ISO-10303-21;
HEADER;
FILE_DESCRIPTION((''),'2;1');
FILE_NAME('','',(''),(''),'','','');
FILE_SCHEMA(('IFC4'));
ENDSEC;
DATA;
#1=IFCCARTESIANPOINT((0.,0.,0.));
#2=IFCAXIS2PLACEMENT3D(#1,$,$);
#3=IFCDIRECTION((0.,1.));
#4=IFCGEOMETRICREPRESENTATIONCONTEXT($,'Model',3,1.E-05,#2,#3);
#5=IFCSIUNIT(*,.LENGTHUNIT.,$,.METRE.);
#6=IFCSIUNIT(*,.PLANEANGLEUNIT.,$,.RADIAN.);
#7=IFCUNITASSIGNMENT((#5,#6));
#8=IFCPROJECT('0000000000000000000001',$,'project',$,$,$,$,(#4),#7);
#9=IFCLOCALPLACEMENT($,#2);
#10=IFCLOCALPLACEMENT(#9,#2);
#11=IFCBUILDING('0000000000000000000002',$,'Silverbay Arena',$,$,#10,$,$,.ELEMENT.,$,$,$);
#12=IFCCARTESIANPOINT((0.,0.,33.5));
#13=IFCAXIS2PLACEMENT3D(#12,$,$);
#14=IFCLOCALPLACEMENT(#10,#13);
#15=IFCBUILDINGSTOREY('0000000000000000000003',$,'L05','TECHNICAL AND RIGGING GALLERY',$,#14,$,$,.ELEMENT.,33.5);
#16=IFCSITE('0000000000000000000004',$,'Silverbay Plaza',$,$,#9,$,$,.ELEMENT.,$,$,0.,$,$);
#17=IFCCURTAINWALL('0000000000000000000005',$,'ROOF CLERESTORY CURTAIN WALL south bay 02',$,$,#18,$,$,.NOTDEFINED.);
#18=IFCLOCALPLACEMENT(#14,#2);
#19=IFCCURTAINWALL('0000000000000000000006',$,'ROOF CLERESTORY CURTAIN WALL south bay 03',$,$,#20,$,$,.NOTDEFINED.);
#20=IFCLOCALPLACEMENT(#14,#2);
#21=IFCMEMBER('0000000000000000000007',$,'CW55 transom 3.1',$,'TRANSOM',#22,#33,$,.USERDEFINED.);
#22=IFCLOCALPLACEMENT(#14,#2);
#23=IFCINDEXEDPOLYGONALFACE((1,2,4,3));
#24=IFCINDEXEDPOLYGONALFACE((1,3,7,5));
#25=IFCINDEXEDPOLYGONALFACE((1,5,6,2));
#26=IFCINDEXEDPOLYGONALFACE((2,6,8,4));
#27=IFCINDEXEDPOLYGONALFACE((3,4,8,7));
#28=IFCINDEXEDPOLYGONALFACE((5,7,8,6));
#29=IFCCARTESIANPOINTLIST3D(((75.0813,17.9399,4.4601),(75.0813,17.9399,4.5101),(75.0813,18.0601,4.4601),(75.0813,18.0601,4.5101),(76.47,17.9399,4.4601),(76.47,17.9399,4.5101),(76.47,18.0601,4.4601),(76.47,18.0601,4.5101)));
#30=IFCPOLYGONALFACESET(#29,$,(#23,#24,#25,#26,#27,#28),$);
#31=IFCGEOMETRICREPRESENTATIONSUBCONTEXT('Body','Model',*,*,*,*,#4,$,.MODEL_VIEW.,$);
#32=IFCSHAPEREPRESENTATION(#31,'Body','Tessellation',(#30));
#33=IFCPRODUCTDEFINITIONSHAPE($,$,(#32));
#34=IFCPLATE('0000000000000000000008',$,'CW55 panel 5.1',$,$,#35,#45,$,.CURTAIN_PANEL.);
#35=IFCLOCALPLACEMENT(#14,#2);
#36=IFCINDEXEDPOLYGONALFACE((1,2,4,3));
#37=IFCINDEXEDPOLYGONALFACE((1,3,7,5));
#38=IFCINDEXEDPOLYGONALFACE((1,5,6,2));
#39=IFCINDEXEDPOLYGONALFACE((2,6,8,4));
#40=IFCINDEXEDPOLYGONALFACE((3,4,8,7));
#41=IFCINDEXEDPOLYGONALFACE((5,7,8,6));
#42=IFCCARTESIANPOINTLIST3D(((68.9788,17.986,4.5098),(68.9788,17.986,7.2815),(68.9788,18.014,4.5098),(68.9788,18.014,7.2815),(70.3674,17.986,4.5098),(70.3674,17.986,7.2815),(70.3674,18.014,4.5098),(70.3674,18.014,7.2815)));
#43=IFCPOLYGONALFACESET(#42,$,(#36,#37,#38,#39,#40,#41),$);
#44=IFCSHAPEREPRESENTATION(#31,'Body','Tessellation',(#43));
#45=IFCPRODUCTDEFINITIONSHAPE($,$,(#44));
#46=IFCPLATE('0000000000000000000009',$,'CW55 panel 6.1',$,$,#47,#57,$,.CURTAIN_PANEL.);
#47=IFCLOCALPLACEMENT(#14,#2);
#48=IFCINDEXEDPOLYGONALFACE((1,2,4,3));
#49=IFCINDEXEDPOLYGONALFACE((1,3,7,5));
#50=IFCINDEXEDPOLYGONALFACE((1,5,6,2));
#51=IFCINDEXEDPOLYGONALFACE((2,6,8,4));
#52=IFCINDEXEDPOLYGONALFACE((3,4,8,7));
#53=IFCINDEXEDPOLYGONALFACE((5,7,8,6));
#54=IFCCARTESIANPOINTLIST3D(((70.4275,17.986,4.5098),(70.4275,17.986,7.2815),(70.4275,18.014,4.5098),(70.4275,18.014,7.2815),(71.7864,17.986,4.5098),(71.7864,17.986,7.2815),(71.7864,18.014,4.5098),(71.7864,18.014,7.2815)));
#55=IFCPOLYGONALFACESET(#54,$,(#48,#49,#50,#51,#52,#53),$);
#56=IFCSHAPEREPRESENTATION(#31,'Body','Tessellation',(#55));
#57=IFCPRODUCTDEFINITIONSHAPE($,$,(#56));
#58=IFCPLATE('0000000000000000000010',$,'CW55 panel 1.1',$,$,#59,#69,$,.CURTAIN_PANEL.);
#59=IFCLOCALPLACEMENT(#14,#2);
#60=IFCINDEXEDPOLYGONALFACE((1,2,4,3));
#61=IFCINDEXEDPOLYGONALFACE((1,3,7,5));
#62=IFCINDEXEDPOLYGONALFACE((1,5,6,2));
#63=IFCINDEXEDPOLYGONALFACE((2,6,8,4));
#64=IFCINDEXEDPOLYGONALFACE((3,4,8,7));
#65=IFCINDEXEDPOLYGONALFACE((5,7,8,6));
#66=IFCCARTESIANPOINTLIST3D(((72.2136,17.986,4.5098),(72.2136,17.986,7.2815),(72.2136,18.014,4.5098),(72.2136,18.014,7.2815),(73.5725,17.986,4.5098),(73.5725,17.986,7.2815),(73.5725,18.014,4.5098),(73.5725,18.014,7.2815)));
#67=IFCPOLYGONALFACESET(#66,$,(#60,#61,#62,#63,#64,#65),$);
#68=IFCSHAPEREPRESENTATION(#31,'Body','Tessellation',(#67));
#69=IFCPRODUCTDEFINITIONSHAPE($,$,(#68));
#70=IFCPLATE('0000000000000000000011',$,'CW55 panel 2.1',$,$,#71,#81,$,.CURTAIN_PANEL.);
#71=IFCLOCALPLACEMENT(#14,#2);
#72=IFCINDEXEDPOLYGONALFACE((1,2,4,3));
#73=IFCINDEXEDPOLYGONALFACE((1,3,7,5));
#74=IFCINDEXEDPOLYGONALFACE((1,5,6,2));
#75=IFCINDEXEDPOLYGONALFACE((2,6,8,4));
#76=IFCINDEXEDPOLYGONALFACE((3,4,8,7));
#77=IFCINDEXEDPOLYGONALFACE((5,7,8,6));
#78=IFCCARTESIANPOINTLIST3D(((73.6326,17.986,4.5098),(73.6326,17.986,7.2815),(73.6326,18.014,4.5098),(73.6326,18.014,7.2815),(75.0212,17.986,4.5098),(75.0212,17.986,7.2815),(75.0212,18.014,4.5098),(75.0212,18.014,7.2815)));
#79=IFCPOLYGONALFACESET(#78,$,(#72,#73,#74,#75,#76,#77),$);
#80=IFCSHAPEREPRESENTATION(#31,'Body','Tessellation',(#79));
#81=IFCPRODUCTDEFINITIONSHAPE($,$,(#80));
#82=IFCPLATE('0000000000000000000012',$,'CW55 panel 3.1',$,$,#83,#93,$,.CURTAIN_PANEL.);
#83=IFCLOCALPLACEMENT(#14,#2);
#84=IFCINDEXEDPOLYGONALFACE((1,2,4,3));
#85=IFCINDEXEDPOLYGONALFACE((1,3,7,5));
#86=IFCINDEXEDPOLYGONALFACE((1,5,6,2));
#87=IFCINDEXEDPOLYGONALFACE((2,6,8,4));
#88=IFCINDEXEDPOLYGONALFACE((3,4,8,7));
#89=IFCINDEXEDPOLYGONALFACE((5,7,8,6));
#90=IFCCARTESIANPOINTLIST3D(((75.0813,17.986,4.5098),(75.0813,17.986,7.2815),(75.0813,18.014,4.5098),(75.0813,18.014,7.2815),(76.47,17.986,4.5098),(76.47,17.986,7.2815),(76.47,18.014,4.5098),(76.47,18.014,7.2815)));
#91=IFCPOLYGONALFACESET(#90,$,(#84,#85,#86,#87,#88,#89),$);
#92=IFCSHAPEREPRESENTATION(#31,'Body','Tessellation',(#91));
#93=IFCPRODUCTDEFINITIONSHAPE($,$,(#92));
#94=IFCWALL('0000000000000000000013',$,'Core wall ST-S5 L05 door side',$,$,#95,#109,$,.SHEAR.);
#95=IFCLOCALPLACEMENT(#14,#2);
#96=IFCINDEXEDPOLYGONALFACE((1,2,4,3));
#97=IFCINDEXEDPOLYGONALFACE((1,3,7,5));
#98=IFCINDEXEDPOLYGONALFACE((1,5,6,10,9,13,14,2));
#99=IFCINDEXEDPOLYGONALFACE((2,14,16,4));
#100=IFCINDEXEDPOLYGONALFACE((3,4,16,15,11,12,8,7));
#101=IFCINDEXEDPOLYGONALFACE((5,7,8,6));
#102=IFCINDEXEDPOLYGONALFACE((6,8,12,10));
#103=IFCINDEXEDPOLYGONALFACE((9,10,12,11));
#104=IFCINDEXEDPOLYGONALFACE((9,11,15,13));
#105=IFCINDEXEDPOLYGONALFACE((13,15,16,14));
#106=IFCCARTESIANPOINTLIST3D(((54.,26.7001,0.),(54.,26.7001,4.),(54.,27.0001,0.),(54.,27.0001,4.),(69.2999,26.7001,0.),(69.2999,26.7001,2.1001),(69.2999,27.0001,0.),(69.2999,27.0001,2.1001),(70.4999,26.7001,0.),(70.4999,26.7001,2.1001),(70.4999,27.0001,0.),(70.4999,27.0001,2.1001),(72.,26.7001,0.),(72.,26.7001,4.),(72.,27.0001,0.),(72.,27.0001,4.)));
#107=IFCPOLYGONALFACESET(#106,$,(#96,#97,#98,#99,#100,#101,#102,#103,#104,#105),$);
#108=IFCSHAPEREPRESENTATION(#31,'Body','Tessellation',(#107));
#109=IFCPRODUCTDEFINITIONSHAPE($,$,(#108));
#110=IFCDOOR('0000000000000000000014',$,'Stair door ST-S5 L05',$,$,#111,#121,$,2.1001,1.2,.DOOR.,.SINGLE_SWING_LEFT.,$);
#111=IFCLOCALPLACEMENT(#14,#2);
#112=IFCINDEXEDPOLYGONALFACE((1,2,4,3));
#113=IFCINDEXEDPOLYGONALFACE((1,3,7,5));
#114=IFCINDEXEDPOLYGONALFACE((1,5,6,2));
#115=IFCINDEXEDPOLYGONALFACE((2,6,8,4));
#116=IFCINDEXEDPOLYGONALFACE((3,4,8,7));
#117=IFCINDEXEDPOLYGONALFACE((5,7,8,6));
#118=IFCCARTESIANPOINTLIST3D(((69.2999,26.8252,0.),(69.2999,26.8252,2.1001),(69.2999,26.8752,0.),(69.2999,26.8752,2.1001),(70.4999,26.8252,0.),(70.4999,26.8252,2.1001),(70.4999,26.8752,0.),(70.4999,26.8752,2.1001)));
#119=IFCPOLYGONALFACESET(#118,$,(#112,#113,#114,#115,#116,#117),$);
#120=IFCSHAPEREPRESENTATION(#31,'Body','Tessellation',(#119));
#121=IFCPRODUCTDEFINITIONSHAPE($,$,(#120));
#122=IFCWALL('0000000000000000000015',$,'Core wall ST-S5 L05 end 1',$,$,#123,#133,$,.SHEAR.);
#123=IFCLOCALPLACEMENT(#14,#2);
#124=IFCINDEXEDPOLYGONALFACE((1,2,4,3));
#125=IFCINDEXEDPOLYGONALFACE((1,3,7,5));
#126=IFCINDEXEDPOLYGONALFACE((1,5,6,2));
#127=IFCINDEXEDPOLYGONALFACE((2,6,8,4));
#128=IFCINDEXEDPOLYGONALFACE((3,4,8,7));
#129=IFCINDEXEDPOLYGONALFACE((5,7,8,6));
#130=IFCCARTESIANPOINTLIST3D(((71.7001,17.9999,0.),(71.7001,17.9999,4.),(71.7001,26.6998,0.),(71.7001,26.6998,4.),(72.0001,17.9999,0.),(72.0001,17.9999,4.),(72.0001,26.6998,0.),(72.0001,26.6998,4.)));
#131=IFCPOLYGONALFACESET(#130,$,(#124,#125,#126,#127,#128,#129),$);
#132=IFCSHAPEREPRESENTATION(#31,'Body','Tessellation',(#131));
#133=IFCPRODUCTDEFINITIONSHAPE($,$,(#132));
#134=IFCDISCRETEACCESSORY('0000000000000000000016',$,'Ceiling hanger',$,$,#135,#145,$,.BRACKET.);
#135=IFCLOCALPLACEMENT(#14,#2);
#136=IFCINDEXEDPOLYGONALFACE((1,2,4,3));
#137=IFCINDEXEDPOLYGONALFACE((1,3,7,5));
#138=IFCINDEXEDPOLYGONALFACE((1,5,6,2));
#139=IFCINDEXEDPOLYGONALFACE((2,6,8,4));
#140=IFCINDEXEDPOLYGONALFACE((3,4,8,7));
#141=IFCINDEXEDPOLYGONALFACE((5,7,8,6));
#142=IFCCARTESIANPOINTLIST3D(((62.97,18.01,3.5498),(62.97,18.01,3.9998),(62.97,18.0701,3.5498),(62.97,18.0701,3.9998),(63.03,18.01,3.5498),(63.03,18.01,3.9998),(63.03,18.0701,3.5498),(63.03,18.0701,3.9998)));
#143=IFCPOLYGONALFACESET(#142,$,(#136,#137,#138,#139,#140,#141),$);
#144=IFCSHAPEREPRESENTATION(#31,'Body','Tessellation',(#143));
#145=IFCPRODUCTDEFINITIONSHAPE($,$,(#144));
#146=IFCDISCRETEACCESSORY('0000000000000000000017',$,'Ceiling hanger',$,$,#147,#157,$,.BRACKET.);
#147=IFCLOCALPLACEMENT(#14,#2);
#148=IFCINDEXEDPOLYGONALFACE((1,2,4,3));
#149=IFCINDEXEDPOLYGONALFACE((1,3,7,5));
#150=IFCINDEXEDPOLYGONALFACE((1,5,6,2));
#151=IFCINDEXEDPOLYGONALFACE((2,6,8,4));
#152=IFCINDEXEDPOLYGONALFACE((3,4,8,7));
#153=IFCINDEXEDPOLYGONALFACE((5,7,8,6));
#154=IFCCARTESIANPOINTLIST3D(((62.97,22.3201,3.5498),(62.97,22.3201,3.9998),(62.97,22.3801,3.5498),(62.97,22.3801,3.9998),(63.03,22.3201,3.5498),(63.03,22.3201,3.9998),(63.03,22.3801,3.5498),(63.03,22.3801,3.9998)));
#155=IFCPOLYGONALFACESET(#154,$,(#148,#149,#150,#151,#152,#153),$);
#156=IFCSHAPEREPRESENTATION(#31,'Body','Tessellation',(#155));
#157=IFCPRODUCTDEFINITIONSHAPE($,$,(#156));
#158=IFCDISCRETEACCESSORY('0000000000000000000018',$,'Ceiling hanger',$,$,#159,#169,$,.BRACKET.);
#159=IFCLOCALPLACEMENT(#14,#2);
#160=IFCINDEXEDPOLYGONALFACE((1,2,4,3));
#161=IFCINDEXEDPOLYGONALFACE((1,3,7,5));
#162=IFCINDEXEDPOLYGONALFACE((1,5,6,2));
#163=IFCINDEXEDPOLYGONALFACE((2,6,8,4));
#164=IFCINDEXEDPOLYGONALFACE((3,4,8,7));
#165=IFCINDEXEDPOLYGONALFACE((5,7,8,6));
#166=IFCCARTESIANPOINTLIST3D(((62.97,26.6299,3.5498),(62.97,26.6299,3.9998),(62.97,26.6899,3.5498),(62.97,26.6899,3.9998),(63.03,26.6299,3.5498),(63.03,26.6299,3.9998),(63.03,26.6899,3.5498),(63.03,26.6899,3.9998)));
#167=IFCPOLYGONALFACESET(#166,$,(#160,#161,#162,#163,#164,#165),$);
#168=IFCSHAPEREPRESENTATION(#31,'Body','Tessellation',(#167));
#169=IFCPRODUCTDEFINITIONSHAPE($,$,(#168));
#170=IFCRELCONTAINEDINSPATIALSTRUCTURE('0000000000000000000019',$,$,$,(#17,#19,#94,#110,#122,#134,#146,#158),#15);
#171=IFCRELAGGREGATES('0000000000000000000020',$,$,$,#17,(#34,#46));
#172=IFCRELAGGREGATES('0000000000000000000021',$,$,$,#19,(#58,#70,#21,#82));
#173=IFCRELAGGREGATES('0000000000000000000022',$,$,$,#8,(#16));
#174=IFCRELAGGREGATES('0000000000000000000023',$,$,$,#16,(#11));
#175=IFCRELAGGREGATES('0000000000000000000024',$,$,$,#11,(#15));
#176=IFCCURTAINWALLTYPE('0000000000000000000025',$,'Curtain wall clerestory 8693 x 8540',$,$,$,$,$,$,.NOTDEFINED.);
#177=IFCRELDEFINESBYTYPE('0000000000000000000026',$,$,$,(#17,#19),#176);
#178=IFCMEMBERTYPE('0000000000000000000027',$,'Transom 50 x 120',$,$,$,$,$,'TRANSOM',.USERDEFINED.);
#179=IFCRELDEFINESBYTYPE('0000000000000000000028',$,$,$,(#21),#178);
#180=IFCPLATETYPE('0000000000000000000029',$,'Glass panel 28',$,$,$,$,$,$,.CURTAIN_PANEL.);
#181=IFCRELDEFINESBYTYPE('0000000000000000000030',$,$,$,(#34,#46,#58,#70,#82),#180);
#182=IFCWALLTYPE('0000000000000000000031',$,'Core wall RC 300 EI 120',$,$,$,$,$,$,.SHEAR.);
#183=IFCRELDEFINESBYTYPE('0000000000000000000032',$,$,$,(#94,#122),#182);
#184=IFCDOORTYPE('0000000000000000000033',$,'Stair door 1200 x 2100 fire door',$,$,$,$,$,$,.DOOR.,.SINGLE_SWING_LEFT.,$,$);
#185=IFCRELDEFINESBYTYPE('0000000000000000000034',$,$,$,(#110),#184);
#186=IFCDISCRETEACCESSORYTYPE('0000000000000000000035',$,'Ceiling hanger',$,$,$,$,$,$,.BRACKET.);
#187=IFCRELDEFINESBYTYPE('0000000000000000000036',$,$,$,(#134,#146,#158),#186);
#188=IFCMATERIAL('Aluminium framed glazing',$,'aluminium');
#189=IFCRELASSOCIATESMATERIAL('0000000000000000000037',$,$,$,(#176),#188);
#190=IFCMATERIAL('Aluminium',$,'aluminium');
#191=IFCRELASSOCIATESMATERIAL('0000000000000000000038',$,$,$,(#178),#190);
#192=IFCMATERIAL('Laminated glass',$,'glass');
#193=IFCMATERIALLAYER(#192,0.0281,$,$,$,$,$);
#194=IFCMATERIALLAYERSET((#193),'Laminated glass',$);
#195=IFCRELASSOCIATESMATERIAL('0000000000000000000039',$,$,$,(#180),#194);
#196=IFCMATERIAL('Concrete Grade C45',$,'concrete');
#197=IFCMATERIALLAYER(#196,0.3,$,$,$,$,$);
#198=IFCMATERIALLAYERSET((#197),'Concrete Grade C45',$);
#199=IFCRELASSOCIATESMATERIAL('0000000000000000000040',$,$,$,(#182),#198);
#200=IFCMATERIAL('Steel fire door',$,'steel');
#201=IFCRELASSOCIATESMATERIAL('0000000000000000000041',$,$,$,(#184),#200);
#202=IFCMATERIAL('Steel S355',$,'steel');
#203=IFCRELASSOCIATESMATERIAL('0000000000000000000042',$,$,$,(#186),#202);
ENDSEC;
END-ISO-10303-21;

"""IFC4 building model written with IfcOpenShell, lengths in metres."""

from ifc_helpers import new_model, si_unit, direction, frame, frame_2d, origin, origin_2d, place, context, subcontext, project, spatial, rectangle, extrude, material, layer, layer_set, material_profile, profile_set, type_object, element, fill, aggregate, save


model = new_model("IFC4")

# Units and contexts
model_context = context("Model", 3, precision=1e-05, world=origin(), true_north=direction((0.0, 1.0)))
body_context = subcontext(model_context, "Body", "Model", "MODEL_VIEW")
ifc_project = project(units=[si_unit("LENGTHUNIT", "METRE"), si_unit("PLANEANGLEUNIT", "RADIAN")], contexts=[model_context])

# Site, building, storey
site_placement = place(None, origin())
site = spatial("IfcSite", under=ifc_project, at=site_placement, Name="Silverbay Plaza", CompositionType="ELEMENT", RefElevation=0.0)
building_placement = place(site_placement, origin())
building = spatial("IfcBuilding", under=site, at=building_placement, Name="Silverbay Arena", CompositionType="ELEMENT")
storey_placement = place(building_placement, frame((0.0, 0.0, 33.5)))
storey = spatial("IfcBuildingStorey", under=building, at=storey_placement, Name="L05", Description="TECHNICAL AND RIGGING GALLERY", CompositionType="ELEMENT", Elevation=33.5)

# Curtain walls
ifc_material_1 = material(Name="Aluminium framed glazing", Category="aluminium")
curtain_wall_type = type_object("IfcCurtainWallType", Name="Curtain wall clerestory 8693 x 8540", PredefinedType="NOTDEFINED", material=ifc_material_1)
curtain_wall_1_placement = place(storey_placement, origin())
curtain_wall_1 = element("IfcCurtainWall", 1, at=curtain_wall_1_placement, inside=storey, type_object=curtain_wall_type, Name="ROOF CLERESTORY CURTAIN WALL south bay 02", PredefinedType="NOTDEFINED")
curtain_wall_2_placement = place(storey_placement, origin())
curtain_wall_2 = element("IfcCurtainWall", 2, at=curtain_wall_2_placement, inside=storey, type_object=curtain_wall_type, Name="ROOF CLERESTORY CURTAIN WALL south bay 03", PredefinedType="NOTDEFINED")

# Member
ifc_material_2 = material(Name="Aluminium", Category="aluminium")
ifc_material_profile_1 = material_profile(ifc_material_2, rectangle(XDim=0.1201, YDim=0.05, at=origin_2d()), Name="Transom 50 x 120")
ifc_profile_set_1 = profile_set([ifc_material_profile_1], Name="Aluminium")
member_type_1 = type_object("IfcMemberType", Name="Transom 50 x 120", ElementType="TRANSOM", PredefinedType="USERDEFINED", material=ifc_profile_set_1)
member_1_placement = place(storey_placement, frame((75.0813, 18.0, 4.4851), z_axis=(1.0, 0.0, 0.0), x_axis=(0.0, 1.0, 0.0)))
member_1 = element("IfcMember", 3, at=member_1_placement, type_object=member_type_1, Name="CW55 transom 3.1", ObjectType="TRANSOM", PredefinedType="USERDEFINED", context=body_context, shape_type="SweptSolid", body=[
    extrude(rectangle(XDim=0.1201, YDim=0.05, at=origin_2d()), origin(), (0.0, 0.0, 1.0), 1.3887),
])

# Plates
ifc_material_3 = material(Name="Laminated glass", Category="glass")
ifc_layer_1 = layer(ifc_material_3, 0.0281)
ifc_layer_set_1 = layer_set([ifc_layer_1], Name="Laminated glass")
plate_type = type_object("IfcPlateType", Name="Glass panel 28", PredefinedType="CURTAIN_PANEL", material=ifc_layer_set_1)
plate_1_placement = place(storey_placement, frame((69.6731, 18.0, 4.5098), z_axis=(0.0, 0.0, 1.0), x_axis=(1.0, 0.0, 0.0)))
plate_1 = element("IfcPlate", 4, at=plate_1_placement, type_object=plate_type, Name="CW55 panel 5.1", PredefinedType="CURTAIN_PANEL", context=body_context, shape_type="SweptSolid", body=[
    extrude(rectangle(XDim=1.3887, YDim=0.0281, at=origin_2d()), origin(), (0.0, 0.0, 1.0), 2.7717),
])
plate_2_placement = place(storey_placement, frame((71.1069, 18.0, 4.5098), z_axis=(0.0, 0.0, 1.0), x_axis=(1.0, 0.0, 0.0)))
plate_2 = element("IfcPlate", 5, at=plate_2_placement, type_object=plate_type, Name="CW55 panel 6.1", PredefinedType="CURTAIN_PANEL", context=body_context, shape_type="SweptSolid", body=[
    extrude(rectangle(XDim=1.3589, YDim=0.0281, at=origin_2d()), origin(), (0.0, 0.0, 1.0), 2.7717),
])
aggregate(curtain_wall_1, [plate_1, plate_2])
plate_3_placement = place(storey_placement, frame((72.8931, 18.0, 4.5098), z_axis=(0.0, 0.0, 1.0), x_axis=(1.0, 0.0, 0.0)))
plate_3 = element("IfcPlate", 6, at=plate_3_placement, type_object=plate_type, Name="CW55 panel 1.1", PredefinedType="CURTAIN_PANEL", context=body_context, shape_type="SweptSolid", body=[
    extrude(rectangle(XDim=1.3589, YDim=0.0281, at=origin_2d()), origin(), (0.0, 0.0, 1.0), 2.7717),
])
plate_4_placement = place(storey_placement, frame((74.3269, 18.0, 4.5098), z_axis=(0.0, 0.0, 1.0), x_axis=(1.0, 0.0, 0.0)))
plate_4 = element("IfcPlate", 7, at=plate_4_placement, type_object=plate_type, Name="CW55 panel 2.1", PredefinedType="CURTAIN_PANEL", context=body_context, shape_type="SweptSolid", body=[
    extrude(rectangle(XDim=1.3887, YDim=0.0281, at=origin_2d()), origin(), (0.0, 0.0, 1.0), 2.7717),
])
plate_5_placement = place(storey_placement, frame((75.7756, 18.0, 4.5098), z_axis=(0.0, 0.0, 1.0), x_axis=(1.0, 0.0, 0.0)))
plate_5 = element("IfcPlate", 8, at=plate_5_placement, type_object=plate_type, Name="CW55 panel 3.1", PredefinedType="CURTAIN_PANEL", context=body_context, shape_type="SweptSolid", body=[
    extrude(rectangle(XDim=1.3887, YDim=0.0281, at=origin_2d()), origin(), (0.0, 0.0, 1.0), 2.7717),
])
aggregate(curtain_wall_2, [plate_3, plate_4, member_1, plate_5])

# Wall, opening, door
ifc_material_4 = material(Name="Concrete Grade C45", Category="concrete")
ifc_layer_2 = layer(ifc_material_4, 0.3)
ifc_layer_set_2 = layer_set([ifc_layer_2], Name="Concrete Grade C45")
wall_type = type_object("IfcWallType", Name="Core wall RC 300 EI 120", PredefinedType="SHEAR", material=ifc_layer_set_2)
wall_1_placement = place(storey_placement, frame((72.0, 26.8501, 0.0), z_axis=(0.0, 0.0, 1.0), x_axis=(-1.0, 0.0, 0.0)))
wall_1 = element("IfcWall", 9, at=wall_1_placement, inside=storey, type_object=wall_type, Name="Core wall ST-S5 L05 door side", PredefinedType="SHEAR", context=body_context, shape_type="SweptSolid", body=[
    extrude(rectangle(XDim=18.0, YDim=0.3, at=frame_2d((9.0, 0.0))), origin(), (0.0, 0.0, 1.0), 4.0),
])
opening_placement = place(wall_1_placement, frame((1.5, 0.0, 0.0)))
opening = element("IfcOpeningElement", 10, at=opening_placement, cuts=wall_1, PredefinedType="OPENING", context=body_context, shape_type="SweptSolid", body=[
    extrude(rectangle(XDim=1.2, YDim=2.1001, at=frame_2d((0.6001, 1.05))), frame((0.0, 0.1602, 0.0), z_axis=(0.0, -1.0, 0.0), x_axis=(1.0, 0.0, 0.0)), (0.0, 0.0, 1.0), 0.3201),
])
ifc_material_5 = material(Name="Steel fire door", Category="steel")
door_type = type_object("IfcDoorType", Name="Stair door 1200 x 2100 fire door", OperationType="SINGLE_SWING_LEFT", PredefinedType="DOOR", material=ifc_material_5)
door_placement = place(opening_placement, origin())
door = element("IfcDoor", 11, at=door_placement, inside=storey, type_object=door_type, Name="Stair door ST-S5 L05", OperationType="SINGLE_SWING_LEFT", OverallHeight=2.1001, OverallWidth=1.2, PredefinedType="DOOR", context=body_context, shape_type="SweptSolid", body=[
    extrude(rectangle(XDim=1.2, YDim=2.1001, at=frame_2d((0.6001, 1.05))), frame((0.0, 0.0249, 0.0), z_axis=(0.0, -1.0, 0.0), x_axis=(1.0, 0.0, 0.0)), (0.0, 0.0, 1.0), 0.05),
])
fill(opening, door)

# Wall
wall_2_placement = place(storey_placement, frame((71.8501, 26.7, 0.0), z_axis=(0.0, 0.0, 1.0), x_axis=(0.0, -1.0, 0.0)))
element("IfcWall", 12, at=wall_2_placement, inside=storey, type_object=wall_type, Name="Core wall ST-S5 L05 end 1", PredefinedType="SHEAR", context=body_context, shape_type="SweptSolid", body=[
    extrude(rectangle(XDim=8.7, YDim=0.3, at=frame_2d((4.3501, 0.0))), origin(), (0.0, 0.0, 1.0), 4.0),
])

# Discrete accessories
ifc_material_6 = material(Name="Steel S355", Category="steel")
discrete_accessory_type = type_object("IfcDiscreteAccessoryType", Name="Ceiling hanger", PredefinedType="BRACKET", material=ifc_material_6)
for number, where, z_axis, x_axis, name in (
    (13, (63.0, 18.04, 3.5498), (0.0, 0.0, 1.0), (1.0, 0.0, 0.0), "Ceiling hanger"),
    (14, (63.0, 22.3501, 3.5498), (0.0, 0.0, 1.0), (1.0, 0.0, 0.0), "Ceiling hanger"),
    (15, (63.0, 26.6599, 3.5498), (0.0, 0.0, 1.0), (1.0, 0.0, 0.0), "Ceiling hanger"),
):
    element("IfcDiscreteAccessory", number, at=place(storey_placement, frame(where, z_axis=z_axis, x_axis=x_axis)), inside=storey, type_object=discrete_accessory_type, Name=name, PredefinedType="BRACKET", context=body_context, shape_type="SweptSolid", body=[
        extrude(rectangle(XDim=0.0601, YDim=0.0601, at=origin_2d()), origin(), (0.0, 0.0, 1.0), 0.45),
    ])

save(model, "model.ifc")
